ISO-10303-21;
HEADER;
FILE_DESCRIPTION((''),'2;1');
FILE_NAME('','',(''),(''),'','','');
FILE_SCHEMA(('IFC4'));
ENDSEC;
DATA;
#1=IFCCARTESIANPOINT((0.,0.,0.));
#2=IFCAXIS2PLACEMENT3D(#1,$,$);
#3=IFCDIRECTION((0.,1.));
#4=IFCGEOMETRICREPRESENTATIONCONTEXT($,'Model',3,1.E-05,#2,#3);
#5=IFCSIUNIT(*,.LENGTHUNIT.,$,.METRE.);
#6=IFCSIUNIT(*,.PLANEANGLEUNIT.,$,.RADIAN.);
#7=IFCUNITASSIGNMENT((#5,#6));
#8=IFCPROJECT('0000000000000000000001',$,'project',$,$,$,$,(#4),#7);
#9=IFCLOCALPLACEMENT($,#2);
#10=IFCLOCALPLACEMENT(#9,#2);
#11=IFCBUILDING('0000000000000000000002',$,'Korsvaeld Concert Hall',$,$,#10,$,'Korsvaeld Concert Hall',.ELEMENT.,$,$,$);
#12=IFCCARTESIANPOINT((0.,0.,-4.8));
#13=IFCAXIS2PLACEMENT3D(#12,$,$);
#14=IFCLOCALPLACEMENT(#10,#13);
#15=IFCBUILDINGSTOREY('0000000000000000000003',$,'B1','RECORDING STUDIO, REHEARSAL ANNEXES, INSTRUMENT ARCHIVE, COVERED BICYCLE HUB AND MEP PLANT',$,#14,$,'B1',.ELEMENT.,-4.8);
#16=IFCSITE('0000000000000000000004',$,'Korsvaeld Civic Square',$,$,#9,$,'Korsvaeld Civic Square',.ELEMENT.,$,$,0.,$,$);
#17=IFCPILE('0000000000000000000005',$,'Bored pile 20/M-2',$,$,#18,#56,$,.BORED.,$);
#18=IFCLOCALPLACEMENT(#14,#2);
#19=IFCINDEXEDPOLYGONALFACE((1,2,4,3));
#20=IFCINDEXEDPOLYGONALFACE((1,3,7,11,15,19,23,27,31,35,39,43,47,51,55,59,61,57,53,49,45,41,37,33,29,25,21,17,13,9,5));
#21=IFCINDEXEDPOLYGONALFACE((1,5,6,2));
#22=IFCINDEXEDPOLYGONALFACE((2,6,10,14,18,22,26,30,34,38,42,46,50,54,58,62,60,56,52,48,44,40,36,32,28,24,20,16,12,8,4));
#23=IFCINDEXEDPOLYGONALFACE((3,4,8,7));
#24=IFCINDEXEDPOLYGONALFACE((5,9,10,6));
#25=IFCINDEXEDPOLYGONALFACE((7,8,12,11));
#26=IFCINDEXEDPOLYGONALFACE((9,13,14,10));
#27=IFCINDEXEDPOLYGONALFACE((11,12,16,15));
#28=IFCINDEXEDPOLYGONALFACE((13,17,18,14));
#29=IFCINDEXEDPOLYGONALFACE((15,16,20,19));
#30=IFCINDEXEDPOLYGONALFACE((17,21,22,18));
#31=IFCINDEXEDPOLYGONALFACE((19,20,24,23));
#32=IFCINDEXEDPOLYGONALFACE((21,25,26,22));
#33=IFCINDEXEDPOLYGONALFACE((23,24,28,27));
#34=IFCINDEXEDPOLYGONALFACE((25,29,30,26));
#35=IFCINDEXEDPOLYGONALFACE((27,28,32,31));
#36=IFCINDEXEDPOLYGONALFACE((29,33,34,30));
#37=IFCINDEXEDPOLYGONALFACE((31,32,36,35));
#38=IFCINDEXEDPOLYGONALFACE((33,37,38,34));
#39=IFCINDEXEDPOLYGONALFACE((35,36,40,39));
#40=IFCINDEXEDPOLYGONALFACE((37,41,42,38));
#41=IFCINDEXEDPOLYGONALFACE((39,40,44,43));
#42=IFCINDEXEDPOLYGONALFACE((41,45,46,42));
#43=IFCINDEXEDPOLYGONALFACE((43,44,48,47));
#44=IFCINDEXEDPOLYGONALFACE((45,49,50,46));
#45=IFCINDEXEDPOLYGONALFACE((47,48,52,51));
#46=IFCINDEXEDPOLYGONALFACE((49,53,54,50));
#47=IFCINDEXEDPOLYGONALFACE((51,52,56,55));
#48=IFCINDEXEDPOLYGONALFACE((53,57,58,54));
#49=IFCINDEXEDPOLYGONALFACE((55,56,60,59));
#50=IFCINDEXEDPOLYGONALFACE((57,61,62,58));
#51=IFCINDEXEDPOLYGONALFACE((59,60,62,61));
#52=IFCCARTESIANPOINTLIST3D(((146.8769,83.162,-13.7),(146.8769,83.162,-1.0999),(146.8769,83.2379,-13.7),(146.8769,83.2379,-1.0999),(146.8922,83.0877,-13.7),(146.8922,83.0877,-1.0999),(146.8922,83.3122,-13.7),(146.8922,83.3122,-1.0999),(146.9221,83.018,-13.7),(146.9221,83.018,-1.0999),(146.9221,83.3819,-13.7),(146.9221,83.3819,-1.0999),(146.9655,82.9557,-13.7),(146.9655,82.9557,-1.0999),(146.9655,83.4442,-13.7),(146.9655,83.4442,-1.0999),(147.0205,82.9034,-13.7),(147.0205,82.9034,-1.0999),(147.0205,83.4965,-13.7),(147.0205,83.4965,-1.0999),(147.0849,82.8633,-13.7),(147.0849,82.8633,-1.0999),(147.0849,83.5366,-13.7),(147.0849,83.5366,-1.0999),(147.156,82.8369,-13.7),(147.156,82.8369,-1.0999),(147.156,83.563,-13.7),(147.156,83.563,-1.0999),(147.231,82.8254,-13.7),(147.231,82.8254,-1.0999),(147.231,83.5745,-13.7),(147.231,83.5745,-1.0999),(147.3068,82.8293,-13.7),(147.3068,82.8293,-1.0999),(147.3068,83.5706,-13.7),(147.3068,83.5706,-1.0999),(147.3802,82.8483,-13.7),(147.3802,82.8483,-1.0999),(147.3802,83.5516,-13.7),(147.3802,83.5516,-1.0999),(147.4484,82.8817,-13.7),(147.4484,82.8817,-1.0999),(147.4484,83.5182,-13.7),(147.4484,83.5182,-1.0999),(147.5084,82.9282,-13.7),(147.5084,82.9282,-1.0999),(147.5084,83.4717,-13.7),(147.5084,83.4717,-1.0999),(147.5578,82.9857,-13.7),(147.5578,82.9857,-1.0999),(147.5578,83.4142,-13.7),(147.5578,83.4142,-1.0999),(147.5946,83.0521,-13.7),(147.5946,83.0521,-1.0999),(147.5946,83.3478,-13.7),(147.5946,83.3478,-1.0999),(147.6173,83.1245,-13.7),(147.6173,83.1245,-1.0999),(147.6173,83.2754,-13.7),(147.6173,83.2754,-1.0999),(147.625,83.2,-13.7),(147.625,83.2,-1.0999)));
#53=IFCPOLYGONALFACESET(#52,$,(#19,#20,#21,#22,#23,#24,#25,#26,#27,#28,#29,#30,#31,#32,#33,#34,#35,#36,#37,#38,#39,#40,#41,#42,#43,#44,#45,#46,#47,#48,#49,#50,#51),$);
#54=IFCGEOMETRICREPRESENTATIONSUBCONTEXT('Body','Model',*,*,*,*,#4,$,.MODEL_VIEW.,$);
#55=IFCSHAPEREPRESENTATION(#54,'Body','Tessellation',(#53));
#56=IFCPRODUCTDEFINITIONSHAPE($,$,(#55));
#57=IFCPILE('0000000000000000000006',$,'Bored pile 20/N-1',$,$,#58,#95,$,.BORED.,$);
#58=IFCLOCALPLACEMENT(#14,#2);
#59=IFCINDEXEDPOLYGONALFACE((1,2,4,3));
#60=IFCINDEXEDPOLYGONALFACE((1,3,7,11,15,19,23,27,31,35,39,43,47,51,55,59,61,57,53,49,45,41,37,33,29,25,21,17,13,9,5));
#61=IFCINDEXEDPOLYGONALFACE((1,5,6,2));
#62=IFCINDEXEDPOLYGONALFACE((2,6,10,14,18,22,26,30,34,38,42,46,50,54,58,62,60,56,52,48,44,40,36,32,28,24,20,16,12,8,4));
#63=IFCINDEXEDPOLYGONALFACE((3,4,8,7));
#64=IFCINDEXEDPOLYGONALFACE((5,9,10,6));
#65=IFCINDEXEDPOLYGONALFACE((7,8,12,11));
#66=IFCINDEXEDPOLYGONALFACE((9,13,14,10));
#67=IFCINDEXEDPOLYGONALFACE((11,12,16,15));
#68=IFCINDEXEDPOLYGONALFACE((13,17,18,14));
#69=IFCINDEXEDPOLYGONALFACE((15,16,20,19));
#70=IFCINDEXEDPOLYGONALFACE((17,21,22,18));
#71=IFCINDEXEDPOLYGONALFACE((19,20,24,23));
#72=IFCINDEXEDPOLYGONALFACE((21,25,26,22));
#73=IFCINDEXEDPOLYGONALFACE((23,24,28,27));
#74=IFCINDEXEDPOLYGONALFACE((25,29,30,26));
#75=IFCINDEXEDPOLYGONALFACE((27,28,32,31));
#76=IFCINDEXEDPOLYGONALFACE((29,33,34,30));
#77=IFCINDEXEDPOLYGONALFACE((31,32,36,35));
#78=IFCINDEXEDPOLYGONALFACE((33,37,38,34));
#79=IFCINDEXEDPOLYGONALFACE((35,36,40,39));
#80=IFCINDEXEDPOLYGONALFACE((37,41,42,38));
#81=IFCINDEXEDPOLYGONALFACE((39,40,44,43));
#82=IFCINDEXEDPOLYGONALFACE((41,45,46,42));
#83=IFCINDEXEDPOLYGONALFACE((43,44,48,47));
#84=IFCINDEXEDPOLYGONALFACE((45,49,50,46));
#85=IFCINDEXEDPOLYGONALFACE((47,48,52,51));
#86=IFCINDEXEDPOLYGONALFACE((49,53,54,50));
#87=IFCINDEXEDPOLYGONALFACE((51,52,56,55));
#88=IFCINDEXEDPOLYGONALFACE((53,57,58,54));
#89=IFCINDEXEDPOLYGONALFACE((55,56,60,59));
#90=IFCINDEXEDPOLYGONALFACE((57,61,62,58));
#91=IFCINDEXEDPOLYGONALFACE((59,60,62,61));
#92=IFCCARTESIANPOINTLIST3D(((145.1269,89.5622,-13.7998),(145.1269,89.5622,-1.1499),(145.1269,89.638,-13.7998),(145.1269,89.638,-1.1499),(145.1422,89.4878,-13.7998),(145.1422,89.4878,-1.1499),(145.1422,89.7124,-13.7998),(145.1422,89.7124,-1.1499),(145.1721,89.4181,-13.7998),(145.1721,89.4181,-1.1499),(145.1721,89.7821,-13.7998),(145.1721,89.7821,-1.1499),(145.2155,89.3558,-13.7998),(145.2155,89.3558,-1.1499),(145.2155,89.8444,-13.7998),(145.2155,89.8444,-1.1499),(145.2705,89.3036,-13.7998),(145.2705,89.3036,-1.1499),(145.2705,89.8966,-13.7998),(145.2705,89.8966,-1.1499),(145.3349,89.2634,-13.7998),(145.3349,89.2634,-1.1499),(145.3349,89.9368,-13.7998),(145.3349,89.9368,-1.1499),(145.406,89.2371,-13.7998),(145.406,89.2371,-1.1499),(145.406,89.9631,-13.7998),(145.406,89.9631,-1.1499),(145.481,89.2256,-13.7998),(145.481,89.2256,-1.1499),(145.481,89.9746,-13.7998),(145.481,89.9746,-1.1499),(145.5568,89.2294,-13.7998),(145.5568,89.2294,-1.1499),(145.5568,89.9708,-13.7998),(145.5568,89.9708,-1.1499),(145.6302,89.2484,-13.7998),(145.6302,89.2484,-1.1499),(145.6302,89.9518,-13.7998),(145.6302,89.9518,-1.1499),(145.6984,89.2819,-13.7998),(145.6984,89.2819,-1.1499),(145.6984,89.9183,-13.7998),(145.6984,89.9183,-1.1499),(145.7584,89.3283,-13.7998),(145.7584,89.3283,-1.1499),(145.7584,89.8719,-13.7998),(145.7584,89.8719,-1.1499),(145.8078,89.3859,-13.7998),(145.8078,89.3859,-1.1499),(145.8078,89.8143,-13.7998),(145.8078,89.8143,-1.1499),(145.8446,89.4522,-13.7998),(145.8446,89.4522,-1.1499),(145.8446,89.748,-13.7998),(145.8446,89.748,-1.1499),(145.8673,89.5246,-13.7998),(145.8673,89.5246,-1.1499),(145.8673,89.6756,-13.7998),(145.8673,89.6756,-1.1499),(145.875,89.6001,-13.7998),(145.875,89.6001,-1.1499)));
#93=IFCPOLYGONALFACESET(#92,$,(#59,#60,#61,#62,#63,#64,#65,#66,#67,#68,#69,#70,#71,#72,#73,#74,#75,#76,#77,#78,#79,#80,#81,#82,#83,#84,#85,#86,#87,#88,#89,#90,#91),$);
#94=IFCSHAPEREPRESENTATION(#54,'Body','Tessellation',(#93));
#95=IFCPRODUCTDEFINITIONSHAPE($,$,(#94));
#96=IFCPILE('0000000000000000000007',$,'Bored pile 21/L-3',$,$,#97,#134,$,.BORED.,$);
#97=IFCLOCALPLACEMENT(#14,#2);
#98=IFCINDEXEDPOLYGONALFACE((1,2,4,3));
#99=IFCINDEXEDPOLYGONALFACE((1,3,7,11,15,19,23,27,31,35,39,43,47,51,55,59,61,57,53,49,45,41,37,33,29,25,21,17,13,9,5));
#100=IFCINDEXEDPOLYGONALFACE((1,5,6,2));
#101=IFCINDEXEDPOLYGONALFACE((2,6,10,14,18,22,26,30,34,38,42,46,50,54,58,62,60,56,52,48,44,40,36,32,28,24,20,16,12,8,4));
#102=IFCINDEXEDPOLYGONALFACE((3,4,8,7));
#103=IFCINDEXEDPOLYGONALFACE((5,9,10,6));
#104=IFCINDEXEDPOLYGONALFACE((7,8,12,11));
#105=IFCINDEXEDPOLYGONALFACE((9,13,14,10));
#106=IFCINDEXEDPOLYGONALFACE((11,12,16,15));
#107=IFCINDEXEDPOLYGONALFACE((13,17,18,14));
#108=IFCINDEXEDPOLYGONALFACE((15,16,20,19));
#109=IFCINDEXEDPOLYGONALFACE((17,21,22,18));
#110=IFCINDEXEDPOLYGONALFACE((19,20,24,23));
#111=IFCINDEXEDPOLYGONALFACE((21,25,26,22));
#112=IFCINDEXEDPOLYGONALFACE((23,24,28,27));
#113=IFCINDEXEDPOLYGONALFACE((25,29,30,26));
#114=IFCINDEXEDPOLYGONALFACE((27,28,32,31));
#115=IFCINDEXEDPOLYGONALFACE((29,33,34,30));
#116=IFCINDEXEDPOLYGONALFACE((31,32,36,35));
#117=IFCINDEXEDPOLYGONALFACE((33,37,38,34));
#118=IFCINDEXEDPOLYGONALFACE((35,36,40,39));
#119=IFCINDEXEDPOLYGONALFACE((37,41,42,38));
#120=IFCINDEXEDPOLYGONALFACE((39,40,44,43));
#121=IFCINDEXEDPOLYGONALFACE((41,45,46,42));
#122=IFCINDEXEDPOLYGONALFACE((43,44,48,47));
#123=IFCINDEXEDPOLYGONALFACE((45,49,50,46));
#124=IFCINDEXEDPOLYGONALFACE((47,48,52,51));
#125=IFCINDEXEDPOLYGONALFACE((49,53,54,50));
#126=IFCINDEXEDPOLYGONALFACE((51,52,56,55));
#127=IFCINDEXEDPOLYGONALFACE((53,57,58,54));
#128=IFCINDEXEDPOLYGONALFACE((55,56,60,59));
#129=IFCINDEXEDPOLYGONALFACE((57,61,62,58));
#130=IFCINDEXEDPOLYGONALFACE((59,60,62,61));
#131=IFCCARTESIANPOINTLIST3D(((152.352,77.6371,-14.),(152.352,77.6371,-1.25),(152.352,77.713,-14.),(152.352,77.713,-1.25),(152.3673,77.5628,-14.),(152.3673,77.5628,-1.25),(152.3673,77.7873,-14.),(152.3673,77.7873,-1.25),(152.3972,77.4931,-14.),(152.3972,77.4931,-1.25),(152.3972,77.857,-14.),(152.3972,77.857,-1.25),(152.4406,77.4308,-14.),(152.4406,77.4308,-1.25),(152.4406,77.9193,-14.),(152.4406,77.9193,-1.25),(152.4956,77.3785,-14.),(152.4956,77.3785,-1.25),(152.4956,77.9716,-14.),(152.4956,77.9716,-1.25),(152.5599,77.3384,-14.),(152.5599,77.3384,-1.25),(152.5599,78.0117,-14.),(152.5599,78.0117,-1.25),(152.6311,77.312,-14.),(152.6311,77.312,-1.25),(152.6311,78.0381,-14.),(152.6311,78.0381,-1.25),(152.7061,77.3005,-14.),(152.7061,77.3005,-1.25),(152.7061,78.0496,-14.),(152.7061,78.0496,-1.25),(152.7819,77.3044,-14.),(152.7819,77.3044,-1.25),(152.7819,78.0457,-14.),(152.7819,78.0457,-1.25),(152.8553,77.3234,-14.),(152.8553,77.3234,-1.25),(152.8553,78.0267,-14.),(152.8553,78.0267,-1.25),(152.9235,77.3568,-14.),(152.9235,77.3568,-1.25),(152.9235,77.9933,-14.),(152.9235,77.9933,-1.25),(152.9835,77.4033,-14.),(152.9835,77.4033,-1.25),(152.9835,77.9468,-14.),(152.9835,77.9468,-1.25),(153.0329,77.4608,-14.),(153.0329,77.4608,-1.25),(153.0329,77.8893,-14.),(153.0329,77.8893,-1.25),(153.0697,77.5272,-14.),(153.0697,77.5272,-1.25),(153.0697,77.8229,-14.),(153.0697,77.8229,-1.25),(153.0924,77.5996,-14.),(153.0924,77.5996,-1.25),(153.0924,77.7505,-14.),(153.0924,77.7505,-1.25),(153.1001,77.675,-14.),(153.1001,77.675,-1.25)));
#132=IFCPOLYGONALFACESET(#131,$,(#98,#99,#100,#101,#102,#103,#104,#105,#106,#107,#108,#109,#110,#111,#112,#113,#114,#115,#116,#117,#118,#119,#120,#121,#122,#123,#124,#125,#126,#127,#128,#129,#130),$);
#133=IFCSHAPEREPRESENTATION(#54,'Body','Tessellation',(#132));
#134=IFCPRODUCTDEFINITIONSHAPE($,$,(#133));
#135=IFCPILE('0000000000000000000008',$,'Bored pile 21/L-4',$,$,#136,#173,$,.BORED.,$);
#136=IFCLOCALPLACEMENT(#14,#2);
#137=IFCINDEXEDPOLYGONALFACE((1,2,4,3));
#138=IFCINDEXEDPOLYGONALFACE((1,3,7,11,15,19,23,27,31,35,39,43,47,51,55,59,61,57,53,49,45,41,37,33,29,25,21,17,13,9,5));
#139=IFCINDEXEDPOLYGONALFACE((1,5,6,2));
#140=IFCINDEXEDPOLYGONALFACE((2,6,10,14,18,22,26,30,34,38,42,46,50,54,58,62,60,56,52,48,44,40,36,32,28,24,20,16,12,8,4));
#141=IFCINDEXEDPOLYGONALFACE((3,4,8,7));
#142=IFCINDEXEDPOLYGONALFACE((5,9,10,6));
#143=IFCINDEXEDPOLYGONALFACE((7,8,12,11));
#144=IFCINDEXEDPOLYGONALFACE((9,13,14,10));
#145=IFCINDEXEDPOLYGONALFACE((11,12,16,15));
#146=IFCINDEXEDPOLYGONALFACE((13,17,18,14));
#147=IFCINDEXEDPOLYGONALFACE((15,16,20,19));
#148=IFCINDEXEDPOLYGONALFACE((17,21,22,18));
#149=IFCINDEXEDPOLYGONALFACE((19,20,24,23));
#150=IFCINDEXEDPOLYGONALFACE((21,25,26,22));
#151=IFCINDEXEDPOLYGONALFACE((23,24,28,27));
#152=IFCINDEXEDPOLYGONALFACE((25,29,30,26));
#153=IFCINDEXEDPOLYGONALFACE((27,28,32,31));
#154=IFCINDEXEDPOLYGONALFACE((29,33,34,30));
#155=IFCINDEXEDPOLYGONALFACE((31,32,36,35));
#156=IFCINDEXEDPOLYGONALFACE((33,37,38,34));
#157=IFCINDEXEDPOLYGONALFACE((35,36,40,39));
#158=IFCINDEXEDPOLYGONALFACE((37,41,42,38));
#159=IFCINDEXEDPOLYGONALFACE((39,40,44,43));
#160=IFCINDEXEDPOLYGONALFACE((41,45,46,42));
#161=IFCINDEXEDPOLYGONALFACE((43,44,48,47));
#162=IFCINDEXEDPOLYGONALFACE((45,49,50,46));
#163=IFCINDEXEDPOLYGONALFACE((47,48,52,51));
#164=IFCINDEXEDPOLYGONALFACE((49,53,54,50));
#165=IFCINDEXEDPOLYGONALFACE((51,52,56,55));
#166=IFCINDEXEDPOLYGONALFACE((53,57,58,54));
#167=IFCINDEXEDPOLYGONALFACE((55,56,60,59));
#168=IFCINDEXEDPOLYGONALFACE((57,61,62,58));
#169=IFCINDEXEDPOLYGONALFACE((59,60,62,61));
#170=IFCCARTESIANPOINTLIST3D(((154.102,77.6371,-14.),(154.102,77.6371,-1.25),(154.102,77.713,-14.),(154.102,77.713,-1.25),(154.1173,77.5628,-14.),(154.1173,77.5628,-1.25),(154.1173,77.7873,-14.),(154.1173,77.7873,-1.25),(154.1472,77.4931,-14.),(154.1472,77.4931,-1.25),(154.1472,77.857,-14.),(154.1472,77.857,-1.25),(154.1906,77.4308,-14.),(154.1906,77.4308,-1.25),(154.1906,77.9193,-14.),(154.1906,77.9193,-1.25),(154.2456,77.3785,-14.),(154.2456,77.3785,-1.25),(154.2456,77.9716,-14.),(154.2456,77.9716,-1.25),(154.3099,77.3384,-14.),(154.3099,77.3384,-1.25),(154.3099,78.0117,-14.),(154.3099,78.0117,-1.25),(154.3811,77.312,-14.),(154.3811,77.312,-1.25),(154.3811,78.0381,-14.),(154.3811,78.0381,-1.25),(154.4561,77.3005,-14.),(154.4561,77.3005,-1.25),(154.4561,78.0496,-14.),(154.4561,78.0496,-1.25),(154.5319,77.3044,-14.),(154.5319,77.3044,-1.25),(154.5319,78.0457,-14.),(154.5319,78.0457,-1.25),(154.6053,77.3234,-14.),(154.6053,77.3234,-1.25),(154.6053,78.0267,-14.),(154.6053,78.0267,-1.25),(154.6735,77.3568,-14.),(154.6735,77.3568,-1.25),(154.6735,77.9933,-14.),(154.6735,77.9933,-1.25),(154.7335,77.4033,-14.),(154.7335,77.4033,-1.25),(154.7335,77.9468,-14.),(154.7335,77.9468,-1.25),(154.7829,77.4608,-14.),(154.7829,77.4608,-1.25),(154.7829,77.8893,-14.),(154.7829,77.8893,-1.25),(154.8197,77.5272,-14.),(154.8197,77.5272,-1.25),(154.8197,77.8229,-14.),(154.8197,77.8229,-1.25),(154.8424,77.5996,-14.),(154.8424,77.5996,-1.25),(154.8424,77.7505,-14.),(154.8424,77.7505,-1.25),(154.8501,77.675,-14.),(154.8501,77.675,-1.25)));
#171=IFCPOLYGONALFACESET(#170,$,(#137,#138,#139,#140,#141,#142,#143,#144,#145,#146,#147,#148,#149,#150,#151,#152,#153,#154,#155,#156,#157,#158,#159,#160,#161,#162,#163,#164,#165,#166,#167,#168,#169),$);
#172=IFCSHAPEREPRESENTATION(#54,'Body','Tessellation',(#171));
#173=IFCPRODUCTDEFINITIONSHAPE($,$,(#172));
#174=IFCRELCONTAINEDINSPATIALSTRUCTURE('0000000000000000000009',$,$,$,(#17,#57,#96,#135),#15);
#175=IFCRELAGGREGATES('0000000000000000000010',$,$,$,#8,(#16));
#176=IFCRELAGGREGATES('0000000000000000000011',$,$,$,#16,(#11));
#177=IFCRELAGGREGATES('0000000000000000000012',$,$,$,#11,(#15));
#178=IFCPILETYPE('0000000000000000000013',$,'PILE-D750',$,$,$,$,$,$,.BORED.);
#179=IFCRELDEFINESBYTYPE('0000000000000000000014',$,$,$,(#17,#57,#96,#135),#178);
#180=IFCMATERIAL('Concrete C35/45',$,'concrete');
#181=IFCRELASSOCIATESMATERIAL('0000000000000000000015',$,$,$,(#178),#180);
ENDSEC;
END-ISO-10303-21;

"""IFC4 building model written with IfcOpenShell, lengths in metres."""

from ifc_helpers import new_model, si_unit, direction, frame, origin, origin_2d, place, context, subcontext, project, spatial, circle, extrude, material, material_profile, profile_set, type_object, element, save


model = new_model("IFC4")

# Units and contexts
model_context = context("Model", 3, precision=1e-05, world=origin(), true_north=direction((0.0, 1.0)))
body_context = subcontext(model_context, "Body", "Model", "MODEL_VIEW")
ifc_project = project(units=[si_unit("LENGTHUNIT", "METRE"), si_unit("PLANEANGLEUNIT", "RADIAN")], contexts=[model_context])

# Site, building, storey
site_placement = place(None, origin())
site = spatial("IfcSite", under=ifc_project, at=site_placement, Name="Korsvaeld Civic Square", LongName="Korsvaeld Civic Square", CompositionType="ELEMENT", RefElevation=0.0)
building_placement = place(site_placement, origin())
building = spatial("IfcBuilding", under=site, at=building_placement, Name="Korsvaeld Concert Hall", LongName="Korsvaeld Concert Hall", CompositionType="ELEMENT")
storey_placement = place(building_placement, frame((0.0, 0.0, -4.8)))
storey = spatial("IfcBuildingStorey", under=building, at=storey_placement, Name="B1", Description="RECORDING STUDIO, REHEARSAL ANNEXES, INSTRUMENT ARCHIVE, COVERED BICYCLE HUB AND MEP PLANT", LongName="B1", CompositionType="ELEMENT", Elevation=-4.8)

# Shared definitions
ifc_material_1 = material(Name="Concrete C35/45", Category="concrete")

# Piles
ifc_material_profile_1 = material_profile(ifc_material_1, circle(Radius=0.375, at=origin_2d()), Name="BORED PILE D750")
ifc_profile_set_1 = profile_set([ifc_material_profile_1], Name="Concrete C35/45")
pile_type_1 = type_object("IfcPileType", Name="PILE-D750", PredefinedType="BORED", material=ifc_profile_set_1)
for number, where, z_axis, x_axis, name in (
    (1, (147.25, 83.2, -1.0999), (0.0, 0.0, -1.0), (1.0, 0.0, 0.0), "Bored pile 20/M-2"),
):
    element("IfcPile", number, at=place(storey_placement, frame(where, z_axis=z_axis, x_axis=x_axis)), inside=storey, type_object=pile_type_1, Name=name, PredefinedType="BORED", context=body_context, shape_type="SweptSolid", body=[
        extrude(circle(Radius=0.375, at=origin_2d()), origin(), (0.0, 0.0, 1.0), 12.6001),
    ])
pile_1_placement = place(storey_placement, frame((145.5, 89.6001, -1.1499), z_axis=(0.0, 0.0, -1.0), x_axis=(1.0, 0.0, 0.0)))
element("IfcPile", 2, at=pile_1_placement, inside=storey, type_object=pile_type_1, Name="Bored pile 20/N-1", PredefinedType="BORED", context=body_context, shape_type="SweptSolid", body=[
    extrude(circle(Radius=0.375, at=origin_2d()), origin(), (0.0, 0.0, 1.0), 12.6499),
])
for number, where, z_axis, x_axis, name in (
    (3, (152.7251, 77.675, -1.25), (0.0, 0.0, -1.0), (1.0, 0.0, 0.0), "Bored pile 21/L-3"),
    (4, (154.4751, 77.675, -1.25), (0.0, 0.0, -1.0), (1.0, 0.0, 0.0), "Bored pile 21/L-4"),
):
    element("IfcPile", number, at=place(storey_placement, frame(where, z_axis=z_axis, x_axis=x_axis)), inside=storey, type_object=pile_type_1, Name=name, PredefinedType="BORED", context=body_context, shape_type="SweptSolid", body=[
        extrude(circle(Radius=0.375, at=origin_2d()), origin(), (0.0, 0.0, 1.0), 12.75),
    ])

save(model, "model.ifc")
